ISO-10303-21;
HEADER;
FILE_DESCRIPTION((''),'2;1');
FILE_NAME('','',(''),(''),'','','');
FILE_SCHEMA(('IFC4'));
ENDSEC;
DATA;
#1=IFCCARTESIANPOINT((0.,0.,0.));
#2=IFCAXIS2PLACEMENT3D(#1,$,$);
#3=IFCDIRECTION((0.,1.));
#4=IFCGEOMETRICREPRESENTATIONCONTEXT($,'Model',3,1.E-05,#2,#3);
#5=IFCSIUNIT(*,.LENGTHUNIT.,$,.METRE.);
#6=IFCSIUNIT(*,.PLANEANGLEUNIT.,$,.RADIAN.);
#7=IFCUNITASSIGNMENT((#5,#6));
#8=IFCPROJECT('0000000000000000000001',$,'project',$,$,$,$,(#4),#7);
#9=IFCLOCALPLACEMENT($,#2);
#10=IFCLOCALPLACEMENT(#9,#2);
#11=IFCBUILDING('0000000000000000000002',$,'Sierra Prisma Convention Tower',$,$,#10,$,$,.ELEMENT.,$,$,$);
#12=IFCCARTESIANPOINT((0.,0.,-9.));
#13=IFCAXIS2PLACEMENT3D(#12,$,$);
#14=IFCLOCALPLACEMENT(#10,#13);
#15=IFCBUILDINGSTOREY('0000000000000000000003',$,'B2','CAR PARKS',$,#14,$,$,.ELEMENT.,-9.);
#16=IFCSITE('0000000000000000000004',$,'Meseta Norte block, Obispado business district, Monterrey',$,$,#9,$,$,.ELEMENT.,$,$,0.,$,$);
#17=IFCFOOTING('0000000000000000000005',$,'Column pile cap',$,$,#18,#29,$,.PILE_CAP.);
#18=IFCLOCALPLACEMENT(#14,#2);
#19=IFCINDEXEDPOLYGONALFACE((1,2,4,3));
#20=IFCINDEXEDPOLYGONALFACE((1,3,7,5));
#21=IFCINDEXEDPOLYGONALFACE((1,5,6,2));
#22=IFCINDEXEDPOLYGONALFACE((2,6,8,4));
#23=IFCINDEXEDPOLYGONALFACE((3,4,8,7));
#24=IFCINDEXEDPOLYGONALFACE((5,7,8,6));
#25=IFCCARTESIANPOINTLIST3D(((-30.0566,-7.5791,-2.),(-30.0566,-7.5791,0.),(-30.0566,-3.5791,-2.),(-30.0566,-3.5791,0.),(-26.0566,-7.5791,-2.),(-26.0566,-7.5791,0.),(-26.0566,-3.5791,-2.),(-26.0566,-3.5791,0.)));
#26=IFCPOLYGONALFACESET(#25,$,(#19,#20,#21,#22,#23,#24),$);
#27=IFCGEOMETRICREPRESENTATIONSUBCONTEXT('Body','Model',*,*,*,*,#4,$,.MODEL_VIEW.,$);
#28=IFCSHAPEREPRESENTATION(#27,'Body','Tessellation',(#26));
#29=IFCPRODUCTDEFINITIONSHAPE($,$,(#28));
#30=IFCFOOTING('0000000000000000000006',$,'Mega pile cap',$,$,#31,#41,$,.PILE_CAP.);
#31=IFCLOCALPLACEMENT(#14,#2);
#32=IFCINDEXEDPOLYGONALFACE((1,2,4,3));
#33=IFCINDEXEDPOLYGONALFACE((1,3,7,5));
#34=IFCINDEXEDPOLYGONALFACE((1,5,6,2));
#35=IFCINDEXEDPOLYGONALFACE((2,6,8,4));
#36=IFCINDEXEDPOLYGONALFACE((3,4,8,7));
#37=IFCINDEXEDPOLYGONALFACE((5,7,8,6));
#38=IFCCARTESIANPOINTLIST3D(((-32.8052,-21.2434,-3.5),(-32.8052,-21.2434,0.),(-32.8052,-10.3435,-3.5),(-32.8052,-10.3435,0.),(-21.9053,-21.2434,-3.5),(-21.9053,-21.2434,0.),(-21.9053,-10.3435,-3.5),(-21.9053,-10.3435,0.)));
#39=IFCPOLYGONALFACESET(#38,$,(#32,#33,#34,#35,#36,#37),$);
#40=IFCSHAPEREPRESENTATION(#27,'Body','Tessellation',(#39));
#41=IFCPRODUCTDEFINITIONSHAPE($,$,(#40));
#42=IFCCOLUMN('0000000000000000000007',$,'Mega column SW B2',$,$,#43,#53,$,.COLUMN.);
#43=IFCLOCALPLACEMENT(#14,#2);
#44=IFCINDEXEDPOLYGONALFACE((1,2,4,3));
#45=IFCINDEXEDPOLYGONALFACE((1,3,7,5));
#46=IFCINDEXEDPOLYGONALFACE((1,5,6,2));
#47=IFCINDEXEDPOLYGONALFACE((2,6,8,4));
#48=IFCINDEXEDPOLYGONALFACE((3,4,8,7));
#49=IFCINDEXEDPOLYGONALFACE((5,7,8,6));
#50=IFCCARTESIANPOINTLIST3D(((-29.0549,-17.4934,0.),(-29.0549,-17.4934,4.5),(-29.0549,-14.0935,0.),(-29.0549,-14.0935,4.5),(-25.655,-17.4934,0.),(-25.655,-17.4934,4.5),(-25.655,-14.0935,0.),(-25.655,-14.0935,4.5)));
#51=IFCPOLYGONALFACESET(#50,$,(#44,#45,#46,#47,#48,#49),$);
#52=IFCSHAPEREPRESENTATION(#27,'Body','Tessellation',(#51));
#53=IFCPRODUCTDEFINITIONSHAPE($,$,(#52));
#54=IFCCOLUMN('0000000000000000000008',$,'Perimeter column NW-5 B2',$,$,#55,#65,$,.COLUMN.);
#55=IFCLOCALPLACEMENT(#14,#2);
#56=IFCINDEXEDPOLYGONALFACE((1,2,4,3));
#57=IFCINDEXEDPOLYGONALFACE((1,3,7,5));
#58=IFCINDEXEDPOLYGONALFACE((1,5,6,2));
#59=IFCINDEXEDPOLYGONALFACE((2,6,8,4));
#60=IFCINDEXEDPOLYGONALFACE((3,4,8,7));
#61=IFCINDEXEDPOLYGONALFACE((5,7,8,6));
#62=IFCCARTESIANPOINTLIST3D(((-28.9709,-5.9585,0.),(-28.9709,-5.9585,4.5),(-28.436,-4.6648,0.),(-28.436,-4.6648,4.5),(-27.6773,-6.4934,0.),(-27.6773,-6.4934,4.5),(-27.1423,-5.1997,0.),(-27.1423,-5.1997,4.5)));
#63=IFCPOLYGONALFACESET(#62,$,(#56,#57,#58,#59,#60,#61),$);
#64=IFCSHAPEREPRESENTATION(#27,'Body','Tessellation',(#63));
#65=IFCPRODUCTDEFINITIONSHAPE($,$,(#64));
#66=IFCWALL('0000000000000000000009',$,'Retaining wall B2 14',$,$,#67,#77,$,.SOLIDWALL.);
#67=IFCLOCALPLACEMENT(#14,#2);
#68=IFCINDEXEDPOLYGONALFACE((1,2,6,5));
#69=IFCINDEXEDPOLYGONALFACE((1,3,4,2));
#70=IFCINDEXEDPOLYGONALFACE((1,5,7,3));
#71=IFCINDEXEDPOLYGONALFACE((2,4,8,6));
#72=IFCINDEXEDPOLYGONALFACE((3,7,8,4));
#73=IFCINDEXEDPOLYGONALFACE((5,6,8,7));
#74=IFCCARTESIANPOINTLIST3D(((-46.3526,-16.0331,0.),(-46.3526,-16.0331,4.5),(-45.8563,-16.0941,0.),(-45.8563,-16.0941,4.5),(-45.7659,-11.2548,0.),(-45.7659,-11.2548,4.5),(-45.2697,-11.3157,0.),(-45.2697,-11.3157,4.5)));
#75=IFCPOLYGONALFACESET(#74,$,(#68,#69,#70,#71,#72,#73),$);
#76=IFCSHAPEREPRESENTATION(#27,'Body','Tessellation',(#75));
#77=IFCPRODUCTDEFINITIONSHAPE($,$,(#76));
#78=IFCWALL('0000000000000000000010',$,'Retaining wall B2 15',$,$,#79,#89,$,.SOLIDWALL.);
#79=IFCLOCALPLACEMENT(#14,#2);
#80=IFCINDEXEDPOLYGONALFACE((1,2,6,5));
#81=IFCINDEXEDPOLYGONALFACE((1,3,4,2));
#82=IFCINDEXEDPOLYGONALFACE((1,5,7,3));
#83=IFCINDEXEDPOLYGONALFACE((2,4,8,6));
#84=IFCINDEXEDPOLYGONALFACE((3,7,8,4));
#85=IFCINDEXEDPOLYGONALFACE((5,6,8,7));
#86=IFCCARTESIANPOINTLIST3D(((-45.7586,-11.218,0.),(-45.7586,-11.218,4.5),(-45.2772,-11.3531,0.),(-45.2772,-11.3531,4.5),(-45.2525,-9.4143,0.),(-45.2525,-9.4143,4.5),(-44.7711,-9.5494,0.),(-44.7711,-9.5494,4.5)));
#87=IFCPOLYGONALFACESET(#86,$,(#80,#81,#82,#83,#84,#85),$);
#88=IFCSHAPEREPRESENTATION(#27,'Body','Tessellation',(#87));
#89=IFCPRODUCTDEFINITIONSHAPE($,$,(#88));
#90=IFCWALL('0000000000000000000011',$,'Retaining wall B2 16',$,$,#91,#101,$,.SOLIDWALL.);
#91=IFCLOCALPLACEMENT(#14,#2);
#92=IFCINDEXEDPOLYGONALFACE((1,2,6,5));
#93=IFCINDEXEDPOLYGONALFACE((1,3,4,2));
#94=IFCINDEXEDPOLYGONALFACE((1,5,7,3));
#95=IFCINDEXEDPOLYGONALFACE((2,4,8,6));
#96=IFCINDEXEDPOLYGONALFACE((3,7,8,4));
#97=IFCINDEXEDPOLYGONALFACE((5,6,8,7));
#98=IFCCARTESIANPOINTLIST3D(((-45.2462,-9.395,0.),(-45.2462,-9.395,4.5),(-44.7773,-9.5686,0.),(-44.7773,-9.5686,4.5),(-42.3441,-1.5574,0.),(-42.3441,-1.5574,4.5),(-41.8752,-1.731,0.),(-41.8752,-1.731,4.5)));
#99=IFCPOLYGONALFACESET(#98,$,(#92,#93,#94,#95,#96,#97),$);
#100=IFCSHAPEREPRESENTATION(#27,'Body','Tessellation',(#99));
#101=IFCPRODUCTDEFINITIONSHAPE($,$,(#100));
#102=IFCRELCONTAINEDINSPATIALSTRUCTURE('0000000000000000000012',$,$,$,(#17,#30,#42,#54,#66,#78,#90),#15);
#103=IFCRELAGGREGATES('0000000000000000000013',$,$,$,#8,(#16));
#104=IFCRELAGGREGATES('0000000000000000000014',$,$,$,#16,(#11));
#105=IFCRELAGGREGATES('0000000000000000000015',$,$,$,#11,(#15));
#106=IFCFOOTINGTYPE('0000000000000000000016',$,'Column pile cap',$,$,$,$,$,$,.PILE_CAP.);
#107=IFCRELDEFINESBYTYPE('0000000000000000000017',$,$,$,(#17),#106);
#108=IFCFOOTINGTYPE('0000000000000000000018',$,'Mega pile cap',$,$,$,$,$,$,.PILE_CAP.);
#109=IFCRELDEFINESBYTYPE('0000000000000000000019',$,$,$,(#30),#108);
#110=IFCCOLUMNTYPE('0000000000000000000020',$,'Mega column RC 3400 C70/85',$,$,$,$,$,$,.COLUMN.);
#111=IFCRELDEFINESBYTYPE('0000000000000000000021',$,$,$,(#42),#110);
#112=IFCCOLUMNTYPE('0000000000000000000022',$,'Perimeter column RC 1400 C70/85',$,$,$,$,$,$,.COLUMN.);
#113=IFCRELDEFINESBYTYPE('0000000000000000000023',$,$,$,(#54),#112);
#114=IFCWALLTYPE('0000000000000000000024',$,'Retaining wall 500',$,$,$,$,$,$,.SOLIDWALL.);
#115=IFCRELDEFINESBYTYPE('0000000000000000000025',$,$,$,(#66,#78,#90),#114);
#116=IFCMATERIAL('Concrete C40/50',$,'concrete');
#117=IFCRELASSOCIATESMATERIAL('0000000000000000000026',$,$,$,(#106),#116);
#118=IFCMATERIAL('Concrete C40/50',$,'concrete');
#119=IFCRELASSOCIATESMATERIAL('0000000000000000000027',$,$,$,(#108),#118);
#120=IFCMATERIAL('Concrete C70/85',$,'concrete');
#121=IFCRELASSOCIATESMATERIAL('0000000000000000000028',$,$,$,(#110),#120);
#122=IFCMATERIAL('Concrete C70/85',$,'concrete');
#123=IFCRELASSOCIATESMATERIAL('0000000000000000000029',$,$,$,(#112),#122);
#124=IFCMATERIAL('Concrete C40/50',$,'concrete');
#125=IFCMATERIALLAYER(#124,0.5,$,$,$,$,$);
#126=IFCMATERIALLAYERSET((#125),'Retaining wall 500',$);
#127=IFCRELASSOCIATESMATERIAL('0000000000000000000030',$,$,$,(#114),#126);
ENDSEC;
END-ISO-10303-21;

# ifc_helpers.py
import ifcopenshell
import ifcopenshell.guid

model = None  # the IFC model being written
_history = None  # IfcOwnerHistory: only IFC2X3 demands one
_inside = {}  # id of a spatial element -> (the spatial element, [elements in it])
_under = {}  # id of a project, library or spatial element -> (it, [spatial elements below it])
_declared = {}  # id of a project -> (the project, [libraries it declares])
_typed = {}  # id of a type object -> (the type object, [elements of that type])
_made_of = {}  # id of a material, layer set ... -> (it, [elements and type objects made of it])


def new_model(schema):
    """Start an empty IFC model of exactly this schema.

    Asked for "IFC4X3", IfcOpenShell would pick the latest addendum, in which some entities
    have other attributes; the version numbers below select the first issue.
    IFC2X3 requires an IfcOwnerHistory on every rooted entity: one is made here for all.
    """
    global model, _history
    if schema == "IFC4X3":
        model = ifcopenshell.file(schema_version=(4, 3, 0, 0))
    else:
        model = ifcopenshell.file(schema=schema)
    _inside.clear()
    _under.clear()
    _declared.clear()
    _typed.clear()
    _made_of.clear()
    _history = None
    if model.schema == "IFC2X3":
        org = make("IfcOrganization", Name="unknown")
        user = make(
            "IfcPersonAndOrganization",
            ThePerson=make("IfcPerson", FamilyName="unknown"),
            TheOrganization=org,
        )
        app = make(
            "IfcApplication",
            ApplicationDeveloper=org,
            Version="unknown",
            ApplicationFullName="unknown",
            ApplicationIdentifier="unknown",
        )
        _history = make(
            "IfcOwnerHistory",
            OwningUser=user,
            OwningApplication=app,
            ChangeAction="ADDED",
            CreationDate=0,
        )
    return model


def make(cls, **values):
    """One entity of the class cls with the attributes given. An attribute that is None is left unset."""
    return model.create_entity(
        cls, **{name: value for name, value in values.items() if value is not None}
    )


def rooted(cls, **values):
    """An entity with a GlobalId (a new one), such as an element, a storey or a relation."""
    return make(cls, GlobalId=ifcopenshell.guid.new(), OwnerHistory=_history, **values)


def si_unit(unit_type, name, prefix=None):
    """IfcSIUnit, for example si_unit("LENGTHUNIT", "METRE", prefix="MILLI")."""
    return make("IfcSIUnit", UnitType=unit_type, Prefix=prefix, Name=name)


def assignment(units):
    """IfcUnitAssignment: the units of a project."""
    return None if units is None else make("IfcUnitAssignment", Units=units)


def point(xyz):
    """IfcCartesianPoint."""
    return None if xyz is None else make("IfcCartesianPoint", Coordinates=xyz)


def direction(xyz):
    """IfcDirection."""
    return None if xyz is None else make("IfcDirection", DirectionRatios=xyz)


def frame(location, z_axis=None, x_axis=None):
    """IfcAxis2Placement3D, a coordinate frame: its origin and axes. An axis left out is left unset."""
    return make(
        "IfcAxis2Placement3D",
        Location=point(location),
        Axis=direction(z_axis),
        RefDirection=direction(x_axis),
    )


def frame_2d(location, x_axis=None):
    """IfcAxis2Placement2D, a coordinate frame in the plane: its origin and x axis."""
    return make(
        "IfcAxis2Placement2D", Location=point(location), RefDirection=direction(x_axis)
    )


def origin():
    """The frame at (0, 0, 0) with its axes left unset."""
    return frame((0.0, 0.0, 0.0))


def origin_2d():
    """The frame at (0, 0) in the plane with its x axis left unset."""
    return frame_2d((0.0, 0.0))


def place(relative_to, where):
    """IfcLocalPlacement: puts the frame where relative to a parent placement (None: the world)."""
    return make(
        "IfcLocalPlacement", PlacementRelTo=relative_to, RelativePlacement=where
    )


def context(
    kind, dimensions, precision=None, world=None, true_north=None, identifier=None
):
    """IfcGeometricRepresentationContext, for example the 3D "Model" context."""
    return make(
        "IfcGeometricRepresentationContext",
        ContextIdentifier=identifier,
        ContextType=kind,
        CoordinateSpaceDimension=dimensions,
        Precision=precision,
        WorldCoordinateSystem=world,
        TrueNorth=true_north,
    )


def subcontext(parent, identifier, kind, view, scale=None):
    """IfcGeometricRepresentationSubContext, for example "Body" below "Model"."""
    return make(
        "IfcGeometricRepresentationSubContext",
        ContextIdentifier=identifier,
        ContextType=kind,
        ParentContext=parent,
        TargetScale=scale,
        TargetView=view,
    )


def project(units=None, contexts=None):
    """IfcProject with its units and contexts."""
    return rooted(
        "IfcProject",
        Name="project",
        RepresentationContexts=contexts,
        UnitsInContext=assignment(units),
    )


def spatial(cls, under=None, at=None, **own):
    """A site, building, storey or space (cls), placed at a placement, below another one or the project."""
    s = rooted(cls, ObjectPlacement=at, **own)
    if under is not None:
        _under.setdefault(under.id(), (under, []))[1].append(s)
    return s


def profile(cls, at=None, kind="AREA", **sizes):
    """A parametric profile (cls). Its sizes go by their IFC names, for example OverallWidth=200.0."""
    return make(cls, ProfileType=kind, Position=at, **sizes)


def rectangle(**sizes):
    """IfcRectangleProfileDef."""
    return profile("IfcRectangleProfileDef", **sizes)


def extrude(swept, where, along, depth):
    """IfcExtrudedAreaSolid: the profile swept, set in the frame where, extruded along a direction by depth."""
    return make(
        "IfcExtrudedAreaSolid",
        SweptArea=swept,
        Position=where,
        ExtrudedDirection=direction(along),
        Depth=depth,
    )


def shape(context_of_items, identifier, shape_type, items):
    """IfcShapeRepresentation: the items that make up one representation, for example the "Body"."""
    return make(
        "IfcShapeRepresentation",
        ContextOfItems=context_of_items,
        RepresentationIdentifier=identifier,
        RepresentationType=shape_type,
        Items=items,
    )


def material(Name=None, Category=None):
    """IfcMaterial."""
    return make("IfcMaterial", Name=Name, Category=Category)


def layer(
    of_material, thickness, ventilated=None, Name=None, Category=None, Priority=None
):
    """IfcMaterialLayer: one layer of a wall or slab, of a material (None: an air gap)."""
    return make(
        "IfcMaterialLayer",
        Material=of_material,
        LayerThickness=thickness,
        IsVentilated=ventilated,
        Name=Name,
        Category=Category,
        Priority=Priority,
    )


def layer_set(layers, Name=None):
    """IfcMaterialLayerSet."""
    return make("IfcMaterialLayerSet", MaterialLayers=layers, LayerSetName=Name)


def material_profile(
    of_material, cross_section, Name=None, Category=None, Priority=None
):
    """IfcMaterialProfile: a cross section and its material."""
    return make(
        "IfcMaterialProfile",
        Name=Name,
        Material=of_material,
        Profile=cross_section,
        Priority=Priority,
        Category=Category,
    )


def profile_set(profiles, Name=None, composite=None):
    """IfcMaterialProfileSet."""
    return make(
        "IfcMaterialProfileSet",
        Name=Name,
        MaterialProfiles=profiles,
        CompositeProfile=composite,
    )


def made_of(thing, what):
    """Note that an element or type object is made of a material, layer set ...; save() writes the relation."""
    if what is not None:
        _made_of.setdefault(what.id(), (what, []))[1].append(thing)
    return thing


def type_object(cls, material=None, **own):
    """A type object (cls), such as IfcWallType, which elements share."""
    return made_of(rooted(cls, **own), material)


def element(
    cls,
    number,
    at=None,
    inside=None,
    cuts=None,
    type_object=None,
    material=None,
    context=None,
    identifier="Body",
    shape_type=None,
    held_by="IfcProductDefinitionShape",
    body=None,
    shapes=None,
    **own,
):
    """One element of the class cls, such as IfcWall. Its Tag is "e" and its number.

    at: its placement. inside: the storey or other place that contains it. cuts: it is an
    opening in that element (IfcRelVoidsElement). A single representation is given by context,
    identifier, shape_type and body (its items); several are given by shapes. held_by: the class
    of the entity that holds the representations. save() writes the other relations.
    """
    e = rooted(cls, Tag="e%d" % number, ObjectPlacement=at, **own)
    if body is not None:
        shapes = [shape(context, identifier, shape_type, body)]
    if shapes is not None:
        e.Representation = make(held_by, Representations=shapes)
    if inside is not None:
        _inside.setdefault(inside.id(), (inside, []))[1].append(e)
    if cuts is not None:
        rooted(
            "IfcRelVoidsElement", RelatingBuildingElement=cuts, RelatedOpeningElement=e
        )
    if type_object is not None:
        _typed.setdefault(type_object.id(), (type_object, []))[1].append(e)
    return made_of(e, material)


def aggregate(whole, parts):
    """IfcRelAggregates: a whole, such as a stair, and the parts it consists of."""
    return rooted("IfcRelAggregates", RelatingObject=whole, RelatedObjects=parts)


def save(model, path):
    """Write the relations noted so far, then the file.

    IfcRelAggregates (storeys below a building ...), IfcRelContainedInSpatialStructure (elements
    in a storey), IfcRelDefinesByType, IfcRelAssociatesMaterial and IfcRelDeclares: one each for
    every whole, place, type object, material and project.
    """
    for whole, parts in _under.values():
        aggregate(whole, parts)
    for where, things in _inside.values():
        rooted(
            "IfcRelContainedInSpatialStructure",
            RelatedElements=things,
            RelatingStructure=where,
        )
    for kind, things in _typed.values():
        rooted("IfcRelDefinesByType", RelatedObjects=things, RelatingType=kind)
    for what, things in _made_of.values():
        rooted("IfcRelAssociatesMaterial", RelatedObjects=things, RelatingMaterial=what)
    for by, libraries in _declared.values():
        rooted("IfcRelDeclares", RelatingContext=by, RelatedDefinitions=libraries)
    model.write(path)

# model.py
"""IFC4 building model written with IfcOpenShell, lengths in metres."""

from ifc_helpers import new_model, si_unit, direction, frame, frame_2d, origin, origin_2d, place, context, subcontext, project, spatial, rectangle, extrude, material, layer, layer_set, material_profile, profile_set, type_object, element, save


model = new_model("IFC4")

# Units and contexts
model_context = context("Model", 3, precision=1e-05, world=origin(), true_north=direction((0.0, 1.0)))
body_context = subcontext(model_context, "Body", "Model", "MODEL_VIEW")
ifc_project = project(units=[si_unit("LENGTHUNIT", "METRE"), si_unit("PLANEANGLEUNIT", "RADIAN")], contexts=[model_context])

# Site, building, storey
site_placement = place(None, origin())
site = spatial("IfcSite", under=ifc_project, at=site_placement, Name="Meseta Norte block, Obispado business district, Monterrey", CompositionType="ELEMENT", RefElevation=0.0)
building_placement = place(site_placement, origin())
building = spatial("IfcBuilding", under=site, at=building_placement, Name="Sierra Prisma Convention Tower", CompositionType="ELEMENT")
storey_placement = place(building_placement, frame((0.0, 0.0, -9.0)))
storey = spatial("IfcBuildingStorey", under=building, at=storey_placement, Name="B2", Description="CAR PARKS", CompositionType="ELEMENT", Elevation=-9.0)

# Footings
ifc_material_1 = material(Name="Concrete C40/50", Category="concrete")
footing_type_1 = type_object("IfcFootingType", Name="Column pile cap", PredefinedType="PILE_CAP", material=ifc_material_1)
footing_1_placement = place(storey_placement, frame((-28.0566, -5.5791, -2.0), z_axis=(0.0, 0.0, 1.0), x_axis=(1.0, 0.0, 0.0)))
element("IfcFooting", 1, at=footing_1_placement, inside=storey, type_object=footing_type_1, Name="Column pile cap", PredefinedType="PILE_CAP", context=body_context, shape_type="SweptSolid", body=[
    extrude(rectangle(XDim=4.0, YDim=4.0, at=origin_2d()), origin(), (0.0, 0.0, 1.0), 2.0),
])
ifc_material_2 = material(Name="Concrete C40/50", Category="concrete")
footing_type_2 = type_object("IfcFootingType", Name="Mega pile cap", PredefinedType="PILE_CAP", material=ifc_material_2)
footing_2_placement = place(storey_placement, frame((-27.3552, -15.7935, -3.5), z_axis=(0.0, 0.0, 1.0), x_axis=(1.0, 0.0, 0.0)))
element("IfcFooting", 2, at=footing_2_placement, inside=storey, type_object=footing_type_2, Name="Mega pile cap", PredefinedType="PILE_CAP", context=body_context, shape_type="SweptSolid", body=[
    extrude(rectangle(XDim=10.8999, YDim=10.8999, at=origin_2d()), origin(), (0.0, 0.0, 1.0), 3.5),
])

# Columns
ifc_material_3 = material(Name="Concrete C70/85", Category="concrete")
ifc_material_profile_1 = material_profile(ifc_material_3, rectangle(XDim=3.3999, YDim=3.3999, at=origin_2d()), Name="Mega column RC 3400 C70/85")
ifc_profile_set_1 = profile_set([ifc_material_profile_1], Name="Concrete C70/85")
column_type_1 = type_object("IfcColumnType", Name="Mega column RC 3400 C70/85", PredefinedType="COLUMN", material=ifc_profile_set_1)
column_1_placement = place(storey_placement, frame((-27.355, -15.7935, 0.0), z_axis=(0.0, 0.0, 1.0), x_axis=(1.0, 0.0, 0.0)))
element("IfcColumn", 3, at=column_1_placement, inside=storey, type_object=column_type_1, Name="Mega column SW B2", PredefinedType="COLUMN", context=body_context, shape_type="SweptSolid", body=[
    extrude(rectangle(XDim=3.3999, YDim=3.3999, at=origin_2d()), origin(), (0.0, 0.0, 1.0), 4.5),
])
ifc_material_4 = material(Name="Concrete C70/85", Category="concrete")
ifc_material_profile_2 = material_profile(ifc_material_4, rectangle(XDim=1.3999, YDim=1.3999, at=origin_2d()), Name="Perimeter column RC 1400 C70/85")
ifc_profile_set_2 = profile_set([ifc_material_profile_2], Name="Concrete C70/85")
column_type_2 = type_object("IfcColumnType", Name="Perimeter column RC 1400 C70/85", PredefinedType="COLUMN", material=ifc_profile_set_2)
column_2_placement = place(storey_placement, frame((-28.0566, -5.5791, 0.0), z_axis=(0.0, 0.0, 1.0), x_axis=(0.382135, 0.924106, 0.0)))
element("IfcColumn", 4, at=column_2_placement, inside=storey, type_object=column_type_2, Name="Perimeter column NW-5 B2", PredefinedType="COLUMN", context=body_context, shape_type="SweptSolid", body=[
    extrude(rectangle(XDim=1.3999, YDim=1.3999, at=origin_2d()), origin(), (0.0, 0.0, 1.0), 4.5),
])

# Walls
ifc_material_5 = material(Name="Concrete C40/50", Category="concrete")
ifc_layer = layer(ifc_material_5, 0.5)
ifc_layer_set = layer_set([ifc_layer], Name="Retaining wall 500")
wall_type = type_object("IfcWallType", Name="Retaining wall 500", PredefinedType="SOLIDWALL", material=ifc_layer_set)
wall_1_placement = place(storey_placement, frame((-46.1045, -16.0637, 0.0), z_axis=(0.0, 0.0, 1.0), x_axis=(0.121862, 0.992547, 0.0)))
element("IfcWall", 5, at=wall_1_placement, inside=storey, type_object=wall_type, Name="Retaining wall B2 14", PredefinedType="SOLIDWALL", context=body_context, shape_type="SweptSolid", body=[
    extrude(rectangle(XDim=4.8142, YDim=0.5, at=frame_2d((2.4072, 0.0))), origin(), (0.0, 0.0, 1.0), 4.5),
])
wall_2_placement = place(storey_placement, frame((-45.5178, -11.2854, 0.0), z_axis=(0.0, 0.0, 1.0), x_axis=(0.270157, 0.962816, 0.0)))
element("IfcWall", 6, at=wall_2_placement, inside=storey, type_object=wall_type, Name="Retaining wall B2 15", PredefinedType="SOLIDWALL", context=body_context, shape_type="SweptSolid", body=[
    extrude(rectangle(XDim=1.8733, YDim=0.5, at=frame_2d((0.9365, 0.0))), origin(), (0.0, 0.0, 1.0), 4.5),
])
wall_3_placement = place(storey_placement, frame((-45.0117, -9.4817, 0.0), z_axis=(0.0, 0.0, 1.0), x_axis=(0.347237, 0.937777, 0.0)))
element("IfcWall", 7, at=wall_3_placement, inside=storey, type_object=wall_type, Name="Retaining wall B2 16", PredefinedType="SOLIDWALL", context=body_context, shape_type="SweptSolid", body=[
    extrude(rectangle(XDim=8.3577, YDim=0.5, at=frame_2d((4.1787, 0.0))), origin(), (0.0, 0.0, 1.0), 4.5),
])

save(model, "model.ifc")
